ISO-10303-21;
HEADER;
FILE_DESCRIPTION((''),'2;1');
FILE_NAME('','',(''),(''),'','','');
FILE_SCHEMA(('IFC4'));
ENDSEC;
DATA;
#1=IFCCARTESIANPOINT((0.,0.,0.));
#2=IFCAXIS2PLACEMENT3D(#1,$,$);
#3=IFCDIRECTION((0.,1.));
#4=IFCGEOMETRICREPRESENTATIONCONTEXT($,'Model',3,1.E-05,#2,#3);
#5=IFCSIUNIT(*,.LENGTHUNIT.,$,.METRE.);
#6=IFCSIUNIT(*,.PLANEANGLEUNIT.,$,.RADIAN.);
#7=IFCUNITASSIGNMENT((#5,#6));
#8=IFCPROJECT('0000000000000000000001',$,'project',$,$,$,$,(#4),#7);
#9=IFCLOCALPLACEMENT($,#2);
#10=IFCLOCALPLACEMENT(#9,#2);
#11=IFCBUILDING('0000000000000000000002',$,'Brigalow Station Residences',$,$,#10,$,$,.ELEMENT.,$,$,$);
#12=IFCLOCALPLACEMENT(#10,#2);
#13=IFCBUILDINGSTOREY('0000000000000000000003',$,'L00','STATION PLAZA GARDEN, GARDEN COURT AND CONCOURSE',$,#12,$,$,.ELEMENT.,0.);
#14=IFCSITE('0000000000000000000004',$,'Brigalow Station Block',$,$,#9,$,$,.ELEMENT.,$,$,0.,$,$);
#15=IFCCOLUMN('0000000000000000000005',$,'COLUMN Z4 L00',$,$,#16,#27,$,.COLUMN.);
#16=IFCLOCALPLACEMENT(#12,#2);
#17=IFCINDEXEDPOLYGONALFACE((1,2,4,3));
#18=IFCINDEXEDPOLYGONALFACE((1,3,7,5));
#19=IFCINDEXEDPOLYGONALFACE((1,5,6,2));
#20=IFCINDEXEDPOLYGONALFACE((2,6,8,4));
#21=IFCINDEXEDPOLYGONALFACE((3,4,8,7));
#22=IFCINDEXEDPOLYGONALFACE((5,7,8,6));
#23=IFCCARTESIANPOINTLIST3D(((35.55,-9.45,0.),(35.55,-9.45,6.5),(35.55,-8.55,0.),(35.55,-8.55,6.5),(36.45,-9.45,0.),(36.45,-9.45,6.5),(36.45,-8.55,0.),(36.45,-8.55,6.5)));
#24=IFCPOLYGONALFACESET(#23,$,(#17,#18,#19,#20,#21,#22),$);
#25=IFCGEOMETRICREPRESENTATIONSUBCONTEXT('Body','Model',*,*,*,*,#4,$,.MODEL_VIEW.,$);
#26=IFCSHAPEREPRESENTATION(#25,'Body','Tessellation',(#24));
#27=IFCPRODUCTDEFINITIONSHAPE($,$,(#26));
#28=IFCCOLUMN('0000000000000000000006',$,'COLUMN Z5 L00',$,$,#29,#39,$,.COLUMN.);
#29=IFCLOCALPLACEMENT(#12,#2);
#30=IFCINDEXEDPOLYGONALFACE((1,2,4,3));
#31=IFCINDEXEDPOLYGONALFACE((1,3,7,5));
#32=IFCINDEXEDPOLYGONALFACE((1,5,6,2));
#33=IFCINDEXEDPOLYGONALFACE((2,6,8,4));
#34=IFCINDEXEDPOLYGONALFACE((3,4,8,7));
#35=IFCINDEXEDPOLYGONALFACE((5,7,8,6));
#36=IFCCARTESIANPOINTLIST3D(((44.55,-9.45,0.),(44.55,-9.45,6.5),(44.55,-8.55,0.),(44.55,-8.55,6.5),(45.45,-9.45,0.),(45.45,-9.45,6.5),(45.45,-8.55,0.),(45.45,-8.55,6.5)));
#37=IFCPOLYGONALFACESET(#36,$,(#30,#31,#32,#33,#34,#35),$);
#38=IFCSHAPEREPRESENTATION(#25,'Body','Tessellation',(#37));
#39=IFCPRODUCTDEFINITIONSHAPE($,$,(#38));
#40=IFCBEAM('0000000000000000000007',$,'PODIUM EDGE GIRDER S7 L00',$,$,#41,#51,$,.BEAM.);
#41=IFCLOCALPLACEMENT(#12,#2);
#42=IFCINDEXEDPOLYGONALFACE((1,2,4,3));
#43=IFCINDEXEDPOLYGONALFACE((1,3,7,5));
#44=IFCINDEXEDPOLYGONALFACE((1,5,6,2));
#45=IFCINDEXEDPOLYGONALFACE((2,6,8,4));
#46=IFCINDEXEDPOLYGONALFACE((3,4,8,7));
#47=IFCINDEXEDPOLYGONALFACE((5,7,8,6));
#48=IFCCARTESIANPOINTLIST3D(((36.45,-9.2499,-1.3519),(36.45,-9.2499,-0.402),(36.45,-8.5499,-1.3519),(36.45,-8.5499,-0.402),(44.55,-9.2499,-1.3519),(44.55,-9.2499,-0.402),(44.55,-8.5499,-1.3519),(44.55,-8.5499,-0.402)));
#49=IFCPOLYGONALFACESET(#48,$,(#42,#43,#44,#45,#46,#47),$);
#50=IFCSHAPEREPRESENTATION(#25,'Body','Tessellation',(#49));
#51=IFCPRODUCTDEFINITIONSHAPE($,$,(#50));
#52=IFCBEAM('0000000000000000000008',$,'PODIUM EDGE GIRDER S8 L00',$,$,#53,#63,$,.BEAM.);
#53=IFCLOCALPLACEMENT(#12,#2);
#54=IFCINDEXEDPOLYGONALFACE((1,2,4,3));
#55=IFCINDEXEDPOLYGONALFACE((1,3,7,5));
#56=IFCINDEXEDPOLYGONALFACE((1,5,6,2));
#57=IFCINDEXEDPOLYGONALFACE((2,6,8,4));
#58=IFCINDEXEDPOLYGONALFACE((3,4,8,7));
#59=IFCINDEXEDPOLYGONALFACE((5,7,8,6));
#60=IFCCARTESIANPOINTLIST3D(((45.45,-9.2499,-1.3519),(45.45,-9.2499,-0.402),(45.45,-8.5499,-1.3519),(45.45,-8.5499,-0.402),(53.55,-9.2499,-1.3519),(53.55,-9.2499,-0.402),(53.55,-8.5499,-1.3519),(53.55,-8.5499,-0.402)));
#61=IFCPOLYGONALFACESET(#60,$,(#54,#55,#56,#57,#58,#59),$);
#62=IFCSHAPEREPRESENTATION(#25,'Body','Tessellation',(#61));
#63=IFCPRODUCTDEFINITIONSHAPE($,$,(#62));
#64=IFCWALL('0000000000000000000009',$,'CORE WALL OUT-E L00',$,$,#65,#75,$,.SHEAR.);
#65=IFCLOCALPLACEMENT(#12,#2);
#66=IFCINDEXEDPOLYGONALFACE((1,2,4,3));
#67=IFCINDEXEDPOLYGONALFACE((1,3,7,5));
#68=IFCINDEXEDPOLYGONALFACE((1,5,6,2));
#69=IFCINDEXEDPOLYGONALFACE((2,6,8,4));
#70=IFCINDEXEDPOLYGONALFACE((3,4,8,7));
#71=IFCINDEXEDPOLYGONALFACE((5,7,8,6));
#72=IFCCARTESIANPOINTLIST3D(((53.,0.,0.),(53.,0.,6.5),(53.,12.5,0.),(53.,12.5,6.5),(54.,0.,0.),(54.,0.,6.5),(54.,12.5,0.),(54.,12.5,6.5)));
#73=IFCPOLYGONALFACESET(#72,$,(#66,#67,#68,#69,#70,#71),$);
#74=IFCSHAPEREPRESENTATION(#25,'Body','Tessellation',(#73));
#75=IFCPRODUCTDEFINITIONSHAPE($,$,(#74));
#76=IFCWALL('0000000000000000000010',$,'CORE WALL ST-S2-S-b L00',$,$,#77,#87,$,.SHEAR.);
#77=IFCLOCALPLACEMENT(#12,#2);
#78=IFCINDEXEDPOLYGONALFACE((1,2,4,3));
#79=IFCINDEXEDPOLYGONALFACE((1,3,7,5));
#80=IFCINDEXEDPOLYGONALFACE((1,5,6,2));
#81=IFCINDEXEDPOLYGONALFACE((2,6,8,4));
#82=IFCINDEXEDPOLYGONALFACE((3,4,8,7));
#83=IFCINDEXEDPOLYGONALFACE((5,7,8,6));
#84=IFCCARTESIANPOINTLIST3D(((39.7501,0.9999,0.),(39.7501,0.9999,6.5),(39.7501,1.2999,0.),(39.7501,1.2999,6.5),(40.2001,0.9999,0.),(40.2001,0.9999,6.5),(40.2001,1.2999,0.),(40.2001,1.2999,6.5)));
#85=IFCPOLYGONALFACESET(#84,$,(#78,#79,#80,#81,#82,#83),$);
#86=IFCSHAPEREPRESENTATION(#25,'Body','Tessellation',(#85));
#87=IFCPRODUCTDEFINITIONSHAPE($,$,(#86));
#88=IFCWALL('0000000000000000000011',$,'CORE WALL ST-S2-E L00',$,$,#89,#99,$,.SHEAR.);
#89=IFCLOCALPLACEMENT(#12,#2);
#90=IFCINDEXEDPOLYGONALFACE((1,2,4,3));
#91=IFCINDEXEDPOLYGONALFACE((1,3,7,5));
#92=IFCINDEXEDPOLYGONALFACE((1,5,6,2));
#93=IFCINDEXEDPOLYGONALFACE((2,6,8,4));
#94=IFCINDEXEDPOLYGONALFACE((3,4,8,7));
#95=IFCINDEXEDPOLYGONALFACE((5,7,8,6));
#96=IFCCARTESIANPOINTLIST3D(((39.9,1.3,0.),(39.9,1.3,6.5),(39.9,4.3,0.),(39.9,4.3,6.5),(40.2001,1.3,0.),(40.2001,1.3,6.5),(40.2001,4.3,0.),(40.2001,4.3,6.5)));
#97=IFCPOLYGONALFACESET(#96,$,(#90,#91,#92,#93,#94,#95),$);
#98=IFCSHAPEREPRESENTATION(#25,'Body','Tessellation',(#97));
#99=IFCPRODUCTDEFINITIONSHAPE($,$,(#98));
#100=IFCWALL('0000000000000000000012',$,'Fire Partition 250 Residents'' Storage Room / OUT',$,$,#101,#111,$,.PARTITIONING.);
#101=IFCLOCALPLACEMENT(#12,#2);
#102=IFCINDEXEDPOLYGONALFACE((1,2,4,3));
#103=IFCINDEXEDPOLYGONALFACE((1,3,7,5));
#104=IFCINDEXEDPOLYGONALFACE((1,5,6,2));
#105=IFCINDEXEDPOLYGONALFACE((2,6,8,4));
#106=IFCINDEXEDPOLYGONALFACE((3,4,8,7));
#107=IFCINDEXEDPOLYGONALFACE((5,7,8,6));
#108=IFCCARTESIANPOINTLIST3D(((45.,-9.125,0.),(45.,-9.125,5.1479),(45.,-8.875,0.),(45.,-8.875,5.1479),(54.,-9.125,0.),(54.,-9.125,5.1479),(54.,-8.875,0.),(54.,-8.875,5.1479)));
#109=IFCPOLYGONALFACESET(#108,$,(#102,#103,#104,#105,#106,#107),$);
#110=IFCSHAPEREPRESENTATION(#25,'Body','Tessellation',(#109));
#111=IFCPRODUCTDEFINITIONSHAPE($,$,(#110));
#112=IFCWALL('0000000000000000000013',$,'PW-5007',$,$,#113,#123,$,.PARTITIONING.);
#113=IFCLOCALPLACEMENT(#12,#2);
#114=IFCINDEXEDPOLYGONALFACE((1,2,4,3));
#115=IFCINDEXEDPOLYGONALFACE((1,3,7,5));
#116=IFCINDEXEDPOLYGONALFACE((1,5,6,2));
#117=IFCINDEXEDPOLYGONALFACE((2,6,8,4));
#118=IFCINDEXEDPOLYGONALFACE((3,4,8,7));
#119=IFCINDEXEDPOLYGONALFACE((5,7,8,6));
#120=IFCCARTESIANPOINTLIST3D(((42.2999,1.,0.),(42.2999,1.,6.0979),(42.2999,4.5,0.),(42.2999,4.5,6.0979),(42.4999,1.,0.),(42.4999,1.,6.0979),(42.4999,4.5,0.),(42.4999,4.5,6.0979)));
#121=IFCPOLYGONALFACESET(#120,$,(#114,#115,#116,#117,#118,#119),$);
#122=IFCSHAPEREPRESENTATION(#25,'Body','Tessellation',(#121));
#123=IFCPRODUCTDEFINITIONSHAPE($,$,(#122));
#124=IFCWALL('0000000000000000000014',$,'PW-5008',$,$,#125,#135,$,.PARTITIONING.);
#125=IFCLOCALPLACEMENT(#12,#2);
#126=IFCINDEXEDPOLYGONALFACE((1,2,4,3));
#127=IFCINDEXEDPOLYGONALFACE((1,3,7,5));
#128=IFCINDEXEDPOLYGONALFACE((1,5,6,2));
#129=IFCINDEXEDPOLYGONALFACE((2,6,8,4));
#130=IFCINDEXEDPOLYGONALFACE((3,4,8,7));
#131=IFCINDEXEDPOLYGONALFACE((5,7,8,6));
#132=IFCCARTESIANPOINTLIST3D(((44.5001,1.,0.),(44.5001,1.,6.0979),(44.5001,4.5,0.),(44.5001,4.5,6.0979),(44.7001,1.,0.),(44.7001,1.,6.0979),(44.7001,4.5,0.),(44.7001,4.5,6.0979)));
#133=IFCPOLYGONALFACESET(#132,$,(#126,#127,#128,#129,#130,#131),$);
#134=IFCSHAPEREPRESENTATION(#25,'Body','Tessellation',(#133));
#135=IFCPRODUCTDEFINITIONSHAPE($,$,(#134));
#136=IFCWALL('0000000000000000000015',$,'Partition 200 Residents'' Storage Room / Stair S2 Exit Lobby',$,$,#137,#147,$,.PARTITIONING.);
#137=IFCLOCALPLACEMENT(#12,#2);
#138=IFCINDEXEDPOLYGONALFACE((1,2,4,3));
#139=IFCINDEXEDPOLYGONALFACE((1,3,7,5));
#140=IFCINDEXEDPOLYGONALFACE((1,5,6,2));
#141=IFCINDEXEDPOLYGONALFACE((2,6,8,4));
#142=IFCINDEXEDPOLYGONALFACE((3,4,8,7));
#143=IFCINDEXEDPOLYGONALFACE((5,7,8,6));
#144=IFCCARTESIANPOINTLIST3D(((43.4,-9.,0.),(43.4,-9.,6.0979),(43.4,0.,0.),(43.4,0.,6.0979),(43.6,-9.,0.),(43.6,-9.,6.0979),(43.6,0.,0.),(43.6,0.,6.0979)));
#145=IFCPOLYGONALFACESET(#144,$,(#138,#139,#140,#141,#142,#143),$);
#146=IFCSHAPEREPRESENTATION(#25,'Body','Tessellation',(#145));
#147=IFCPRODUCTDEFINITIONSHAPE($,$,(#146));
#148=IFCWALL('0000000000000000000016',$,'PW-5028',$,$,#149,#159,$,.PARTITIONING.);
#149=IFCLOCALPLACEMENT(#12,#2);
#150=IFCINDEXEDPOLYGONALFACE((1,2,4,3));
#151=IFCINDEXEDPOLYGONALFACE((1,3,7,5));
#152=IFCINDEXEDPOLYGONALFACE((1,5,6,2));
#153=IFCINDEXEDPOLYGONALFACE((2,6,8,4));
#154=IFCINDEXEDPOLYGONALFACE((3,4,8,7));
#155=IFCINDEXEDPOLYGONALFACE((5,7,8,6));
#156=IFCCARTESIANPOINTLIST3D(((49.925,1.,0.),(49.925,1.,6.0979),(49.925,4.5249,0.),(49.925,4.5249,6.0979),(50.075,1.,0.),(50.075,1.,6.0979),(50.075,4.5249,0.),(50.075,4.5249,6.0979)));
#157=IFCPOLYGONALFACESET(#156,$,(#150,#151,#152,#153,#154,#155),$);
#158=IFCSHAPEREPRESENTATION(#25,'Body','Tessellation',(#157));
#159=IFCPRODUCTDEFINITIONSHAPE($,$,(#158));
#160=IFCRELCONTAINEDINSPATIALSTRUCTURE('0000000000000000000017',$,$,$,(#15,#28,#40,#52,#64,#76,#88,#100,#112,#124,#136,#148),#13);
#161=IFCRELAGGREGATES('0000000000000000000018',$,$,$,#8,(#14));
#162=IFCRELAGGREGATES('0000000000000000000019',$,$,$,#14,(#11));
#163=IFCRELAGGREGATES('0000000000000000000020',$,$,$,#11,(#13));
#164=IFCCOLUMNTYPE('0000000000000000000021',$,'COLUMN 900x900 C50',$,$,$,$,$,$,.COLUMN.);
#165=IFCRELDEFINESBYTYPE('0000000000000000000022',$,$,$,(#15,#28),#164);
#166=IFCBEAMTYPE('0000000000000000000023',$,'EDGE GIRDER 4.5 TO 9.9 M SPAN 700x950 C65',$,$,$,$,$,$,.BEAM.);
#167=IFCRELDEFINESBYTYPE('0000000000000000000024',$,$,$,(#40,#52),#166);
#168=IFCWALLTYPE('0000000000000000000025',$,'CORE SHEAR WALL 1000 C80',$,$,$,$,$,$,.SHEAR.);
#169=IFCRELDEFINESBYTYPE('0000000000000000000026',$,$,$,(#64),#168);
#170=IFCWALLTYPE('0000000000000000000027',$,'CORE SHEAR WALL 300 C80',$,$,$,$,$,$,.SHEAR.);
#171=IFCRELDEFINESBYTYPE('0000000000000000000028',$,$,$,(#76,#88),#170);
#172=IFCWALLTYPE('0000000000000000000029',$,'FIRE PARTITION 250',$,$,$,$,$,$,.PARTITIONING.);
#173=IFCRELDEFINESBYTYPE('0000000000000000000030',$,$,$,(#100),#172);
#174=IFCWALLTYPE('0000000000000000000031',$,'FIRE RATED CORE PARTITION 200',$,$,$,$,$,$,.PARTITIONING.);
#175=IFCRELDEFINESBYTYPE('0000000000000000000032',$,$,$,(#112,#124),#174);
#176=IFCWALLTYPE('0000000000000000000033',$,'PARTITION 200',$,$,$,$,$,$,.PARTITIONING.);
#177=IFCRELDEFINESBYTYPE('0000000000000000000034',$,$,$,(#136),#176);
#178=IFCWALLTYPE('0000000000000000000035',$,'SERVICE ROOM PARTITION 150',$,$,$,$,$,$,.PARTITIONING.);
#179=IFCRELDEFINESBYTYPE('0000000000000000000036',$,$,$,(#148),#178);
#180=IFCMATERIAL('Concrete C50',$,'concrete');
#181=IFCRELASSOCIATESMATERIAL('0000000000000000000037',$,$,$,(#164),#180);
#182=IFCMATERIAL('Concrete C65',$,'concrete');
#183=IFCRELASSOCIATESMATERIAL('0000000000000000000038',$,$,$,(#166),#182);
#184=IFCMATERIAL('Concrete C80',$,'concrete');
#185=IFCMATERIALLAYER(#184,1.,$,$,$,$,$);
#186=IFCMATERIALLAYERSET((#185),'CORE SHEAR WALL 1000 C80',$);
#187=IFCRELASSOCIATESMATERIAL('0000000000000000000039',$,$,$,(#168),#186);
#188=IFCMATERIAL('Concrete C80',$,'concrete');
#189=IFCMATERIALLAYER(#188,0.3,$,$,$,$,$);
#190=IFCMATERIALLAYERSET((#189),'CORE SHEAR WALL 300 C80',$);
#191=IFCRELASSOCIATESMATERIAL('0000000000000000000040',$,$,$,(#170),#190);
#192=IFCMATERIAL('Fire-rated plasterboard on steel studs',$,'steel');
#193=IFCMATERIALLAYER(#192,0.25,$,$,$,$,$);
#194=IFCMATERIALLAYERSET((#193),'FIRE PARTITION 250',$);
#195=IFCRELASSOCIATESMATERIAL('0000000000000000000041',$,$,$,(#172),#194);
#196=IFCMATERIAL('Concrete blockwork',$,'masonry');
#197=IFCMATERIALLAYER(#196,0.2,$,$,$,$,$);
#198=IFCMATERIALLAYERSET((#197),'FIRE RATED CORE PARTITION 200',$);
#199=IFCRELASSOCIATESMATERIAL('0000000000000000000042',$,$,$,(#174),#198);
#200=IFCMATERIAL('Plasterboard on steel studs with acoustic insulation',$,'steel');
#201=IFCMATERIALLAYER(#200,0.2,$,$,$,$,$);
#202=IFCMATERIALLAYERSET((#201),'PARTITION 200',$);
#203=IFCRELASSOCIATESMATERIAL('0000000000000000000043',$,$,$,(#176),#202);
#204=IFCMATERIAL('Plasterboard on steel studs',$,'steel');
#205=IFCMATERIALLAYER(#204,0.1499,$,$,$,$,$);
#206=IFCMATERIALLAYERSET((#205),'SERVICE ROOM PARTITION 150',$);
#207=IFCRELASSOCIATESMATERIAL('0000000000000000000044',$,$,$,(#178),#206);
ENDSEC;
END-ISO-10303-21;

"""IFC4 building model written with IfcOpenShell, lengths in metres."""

from ifc_helpers import new_model, si_unit, direction, frame, frame_2d, origin, origin_2d, place, context, subcontext, project, spatial, rectangle, extrude, material, layer, layer_set, material_profile, profile_set, type_object, element, save


model = new_model("IFC4")

# Units and contexts
model_context = context("Model", 3, precision=1e-05, world=origin(), true_north=direction((0.0, 1.0)))
body_context = subcontext(model_context, "Body", "Model", "MODEL_VIEW")
ifc_project = project(units=[si_unit("LENGTHUNIT", "METRE"), si_unit("PLANEANGLEUNIT", "RADIAN")], contexts=[model_context])

# Site, building, storey
site_placement = place(None, origin())
site = spatial("IfcSite", under=ifc_project, at=site_placement, Name="Brigalow Station Block", CompositionType="ELEMENT", RefElevation=0.0)
building_placement = place(site_placement, origin())
building = spatial("IfcBuilding", under=site, at=building_placement, Name="Brigalow Station Residences", CompositionType="ELEMENT")
storey_placement = place(building_placement, origin())
storey = spatial("IfcBuildingStorey", under=building, at=storey_placement, Name="L00", Description="STATION PLAZA GARDEN, GARDEN COURT AND CONCOURSE", CompositionType="ELEMENT", Elevation=0.0)

# Columns
ifc_material_1 = material(Name="Concrete C50", Category="concrete")
ifc_material_profile_1 = material_profile(ifc_material_1, rectangle(XDim=0.8999, YDim=0.8999, at=origin_2d()), Name="RC900x900")
ifc_profile_set_1 = profile_set([ifc_material_profile_1], Name="Concrete C50")
column_type = type_object("IfcColumnType", Name="COLUMN 900x900 C50", PredefinedType="COLUMN", material=ifc_profile_set_1)
for number, where, z_axis, x_axis, name in (
    (1, (36.0, -9.0, 0.0), (0.0, 0.0, 1.0), (1.0, 0.0, 0.0), "COLUMN Z4 L00"),
    (2, (45.0, -9.0, 0.0), (0.0, 0.0, 1.0), (1.0, 0.0, 0.0), "COLUMN Z5 L00"),
):
    element("IfcColumn", number, at=place(storey_placement, frame(where, z_axis=z_axis, x_axis=x_axis)), inside=storey, type_object=column_type, Name=name, PredefinedType="COLUMN", context=body_context, shape_type="SweptSolid", body=[
        extrude(rectangle(XDim=0.8999, YDim=0.8999, at=origin_2d()), origin(), (0.0, 0.0, 1.0), 6.5),
    ])

# Beams
ifc_material_2 = material(Name="Concrete C65", Category="concrete")
ifc_material_profile_2 = material_profile(ifc_material_2, rectangle(XDim=0.7, YDim=0.95, at=origin_2d()), Name="RC700x950")
ifc_profile_set_2 = profile_set([ifc_material_profile_2], Name="Concrete C65")
beam_type = type_object("IfcBeamType", Name="EDGE GIRDER 4.5 TO 9.9 M SPAN 700x950 C65", PredefinedType="BEAM", material=ifc_profile_set_2)
for number, where, z_axis, x_axis, name in (
    (3, (36.45, -8.8999, -0.877), (1.0, 0.0, 0.0), (0.0, 1.0, 0.0), "PODIUM EDGE GIRDER S7 L00"),
    (4, (45.45, -8.8999, -0.877), (1.0, 0.0, 0.0), (0.0, 1.0, 0.0), "PODIUM EDGE GIRDER S8 L00"),
):
    element("IfcBeam", number, at=place(storey_placement, frame(where, z_axis=z_axis, x_axis=x_axis)), inside=storey, type_object=beam_type, Name=name, PredefinedType="BEAM", context=body_context, shape_type="SweptSolid", body=[
        extrude(rectangle(XDim=0.7, YDim=0.95, at=origin_2d()), origin(), (0.0, 0.0, 1.0), 8.1001),
    ])

# Walls
ifc_material_3 = material(Name="Concrete C80", Category="concrete")
ifc_layer_1 = layer(ifc_material_3, 1.0)
ifc_layer_set_1 = layer_set([ifc_layer_1], Name="CORE SHEAR WALL 1000 C80")
wall_type_1 = type_object("IfcWallType", Name="CORE SHEAR WALL 1000 C80", PredefinedType="SHEAR", material=ifc_layer_set_1)
wall_1_placement = place(storey_placement, frame((53.5, 0.0, 0.0), z_axis=(0.0, 0.0, 1.0), x_axis=(0.0, 1.0, 0.0)))
element("IfcWall", 5, at=wall_1_placement, inside=storey, type_object=wall_type_1, Name="CORE WALL OUT-E L00", PredefinedType="SHEAR", context=body_context, shape_type="SweptSolid", body=[
    extrude(rectangle(XDim=12.5, YDim=1.0, at=frame_2d((6.25, 0.0))), origin(), (0.0, 0.0, 1.0), 6.5),
])
ifc_material_4 = material(Name="Concrete C80", Category="concrete")
ifc_layer_2 = layer(ifc_material_4, 0.3)
ifc_layer_set_2 = layer_set([ifc_layer_2], Name="CORE SHEAR WALL 300 C80")
wall_type_2 = type_object("IfcWallType", Name="CORE SHEAR WALL 300 C80", PredefinedType="SHEAR", material=ifc_layer_set_2)
wall_2_placement = place(storey_placement, frame((39.75, 1.1499, 0.0), z_axis=(0.0, 0.0, 1.0), x_axis=(1.0, 0.0, 0.0)))
element("IfcWall", 6, at=wall_2_placement, inside=storey, type_object=wall_type_2, Name="CORE WALL ST-S2-S-b L00", PredefinedType="SHEAR", context=body_context, shape_type="SweptSolid", body=[
    extrude(rectangle(XDim=0.45, YDim=0.3, at=frame_2d((0.2251, 0.0))), origin(), (0.0, 0.0, 1.0), 6.5),
])
wall_3_placement = place(storey_placement, frame((40.05, 1.3, 0.0), z_axis=(0.0, 0.0, 1.0), x_axis=(0.0, 1.0, 0.0)))
element("IfcWall", 7, at=wall_3_placement, inside=storey, type_object=wall_type_2, Name="CORE WALL ST-S2-E L00", PredefinedType="SHEAR", context=body_context, shape_type="SweptSolid", body=[
    extrude(rectangle(XDim=3.0, YDim=0.3, at=frame_2d((1.5, 0.0))), origin(), (0.0, 0.0, 1.0), 6.5),
])

# Walls
ifc_material_5 = material(Name="Fire-rated plasterboard on steel studs", Category="steel")
ifc_layer_3 = layer(ifc_material_5, 0.25)
ifc_layer_set_3 = layer_set([ifc_layer_3], Name="FIRE PARTITION 250")
wall_type_3 = type_object("IfcWallType", Name="FIRE PARTITION 250", PredefinedType="PARTITIONING", material=ifc_layer_set_3)
wall_4_placement = place(storey_placement, frame((45.0, -9.0, 0.0), z_axis=(0.0, 0.0, 1.0), x_axis=(1.0, 0.0, 0.0)))
element("IfcWall", 8, at=wall_4_placement, inside=storey, type_object=wall_type_3, Name="Fire Partition 250 Residents' Storage Room / OUT", PredefinedType="PARTITIONING", context=body_context, shape_type="SweptSolid", body=[
    extrude(rectangle(XDim=9.0, YDim=0.25, at=frame_2d((4.5, 0.0))), origin(), (0.0, 0.0, 1.0), 5.1479),
])
ifc_material_6 = material(Name="Concrete blockwork", Category="masonry")
ifc_layer_4 = layer(ifc_material_6, 0.2)
ifc_layer_set_4 = layer_set([ifc_layer_4], Name="FIRE RATED CORE PARTITION 200")
wall_type_4 = type_object("IfcWallType", Name="FIRE RATED CORE PARTITION 200", PredefinedType="PARTITIONING", material=ifc_layer_set_4)
for number, where, z_axis, x_axis, name in (
    (9, (42.3999, 1.0, 0.0), (0.0, 0.0, 1.0), (0.0, 1.0, 0.0), "PW-5007"),
    (10, (44.6001, 1.0, 0.0), (0.0, 0.0, 1.0), (0.0, 1.0, 0.0), "PW-5008"),
):
    element("IfcWall", number, at=place(storey_placement, frame(where, z_axis=z_axis, x_axis=x_axis)), inside=storey, type_object=wall_type_4, Name=name, PredefinedType="PARTITIONING", context=body_context, shape_type="SweptSolid", body=[
        extrude(rectangle(XDim=3.5, YDim=0.2, at=frame_2d((1.75, 0.0))), origin(), (0.0, 0.0, 1.0), 6.0979),
    ])
ifc_material_7 = material(Name="Plasterboard on steel studs with acoustic insulation", Category="steel")
ifc_layer_5 = layer(ifc_material_7, 0.2)
ifc_layer_set_5 = layer_set([ifc_layer_5], Name="PARTITION 200")
wall_type_5 = type_object("IfcWallType", Name="PARTITION 200", PredefinedType="PARTITIONING", material=ifc_layer_set_5)
wall_5_placement = place(storey_placement, frame((43.5, -9.0, 0.0), z_axis=(0.0, 0.0, 1.0), x_axis=(0.0, 1.0, 0.0)))
element("IfcWall", 11, at=wall_5_placement, inside=storey, type_object=wall_type_5, Name="Partition 200 Residents' Storage Room / Stair S2 Exit Lobby", PredefinedType="PARTITIONING", context=body_context, shape_type="SweptSolid", body=[
    extrude(rectangle(XDim=9.0, YDim=0.2, at=frame_2d((4.5, 0.0))), origin(), (0.0, 0.0, 1.0), 6.0979),
])
ifc_material_8 = material(Name="Plasterboard on steel studs", Category="steel")
ifc_layer_6 = layer(ifc_material_8, 0.1499)
ifc_layer_set_6 = layer_set([ifc_layer_6], Name="SERVICE ROOM PARTITION 150")
wall_type_6 = type_object("IfcWallType", Name="SERVICE ROOM PARTITION 150", PredefinedType="PARTITIONING", material=ifc_layer_set_6)
wall_6_placement = place(storey_placement, frame((50.0, 1.0, 0.0), z_axis=(0.0, 0.0, 1.0), x_axis=(0.0, 1.0, 0.0)))
element("IfcWall", 12, at=wall_6_placement, inside=storey, type_object=wall_type_6, Name="PW-5028", PredefinedType="PARTITIONING", context=body_context, shape_type="SweptSolid", body=[
    extrude(rectangle(XDim=3.5249, YDim=0.1499, at=frame_2d((1.7625, 0.0))), origin(), (0.0, 0.0, 1.0), 6.0979),
])

save(model, "model.ifc")
